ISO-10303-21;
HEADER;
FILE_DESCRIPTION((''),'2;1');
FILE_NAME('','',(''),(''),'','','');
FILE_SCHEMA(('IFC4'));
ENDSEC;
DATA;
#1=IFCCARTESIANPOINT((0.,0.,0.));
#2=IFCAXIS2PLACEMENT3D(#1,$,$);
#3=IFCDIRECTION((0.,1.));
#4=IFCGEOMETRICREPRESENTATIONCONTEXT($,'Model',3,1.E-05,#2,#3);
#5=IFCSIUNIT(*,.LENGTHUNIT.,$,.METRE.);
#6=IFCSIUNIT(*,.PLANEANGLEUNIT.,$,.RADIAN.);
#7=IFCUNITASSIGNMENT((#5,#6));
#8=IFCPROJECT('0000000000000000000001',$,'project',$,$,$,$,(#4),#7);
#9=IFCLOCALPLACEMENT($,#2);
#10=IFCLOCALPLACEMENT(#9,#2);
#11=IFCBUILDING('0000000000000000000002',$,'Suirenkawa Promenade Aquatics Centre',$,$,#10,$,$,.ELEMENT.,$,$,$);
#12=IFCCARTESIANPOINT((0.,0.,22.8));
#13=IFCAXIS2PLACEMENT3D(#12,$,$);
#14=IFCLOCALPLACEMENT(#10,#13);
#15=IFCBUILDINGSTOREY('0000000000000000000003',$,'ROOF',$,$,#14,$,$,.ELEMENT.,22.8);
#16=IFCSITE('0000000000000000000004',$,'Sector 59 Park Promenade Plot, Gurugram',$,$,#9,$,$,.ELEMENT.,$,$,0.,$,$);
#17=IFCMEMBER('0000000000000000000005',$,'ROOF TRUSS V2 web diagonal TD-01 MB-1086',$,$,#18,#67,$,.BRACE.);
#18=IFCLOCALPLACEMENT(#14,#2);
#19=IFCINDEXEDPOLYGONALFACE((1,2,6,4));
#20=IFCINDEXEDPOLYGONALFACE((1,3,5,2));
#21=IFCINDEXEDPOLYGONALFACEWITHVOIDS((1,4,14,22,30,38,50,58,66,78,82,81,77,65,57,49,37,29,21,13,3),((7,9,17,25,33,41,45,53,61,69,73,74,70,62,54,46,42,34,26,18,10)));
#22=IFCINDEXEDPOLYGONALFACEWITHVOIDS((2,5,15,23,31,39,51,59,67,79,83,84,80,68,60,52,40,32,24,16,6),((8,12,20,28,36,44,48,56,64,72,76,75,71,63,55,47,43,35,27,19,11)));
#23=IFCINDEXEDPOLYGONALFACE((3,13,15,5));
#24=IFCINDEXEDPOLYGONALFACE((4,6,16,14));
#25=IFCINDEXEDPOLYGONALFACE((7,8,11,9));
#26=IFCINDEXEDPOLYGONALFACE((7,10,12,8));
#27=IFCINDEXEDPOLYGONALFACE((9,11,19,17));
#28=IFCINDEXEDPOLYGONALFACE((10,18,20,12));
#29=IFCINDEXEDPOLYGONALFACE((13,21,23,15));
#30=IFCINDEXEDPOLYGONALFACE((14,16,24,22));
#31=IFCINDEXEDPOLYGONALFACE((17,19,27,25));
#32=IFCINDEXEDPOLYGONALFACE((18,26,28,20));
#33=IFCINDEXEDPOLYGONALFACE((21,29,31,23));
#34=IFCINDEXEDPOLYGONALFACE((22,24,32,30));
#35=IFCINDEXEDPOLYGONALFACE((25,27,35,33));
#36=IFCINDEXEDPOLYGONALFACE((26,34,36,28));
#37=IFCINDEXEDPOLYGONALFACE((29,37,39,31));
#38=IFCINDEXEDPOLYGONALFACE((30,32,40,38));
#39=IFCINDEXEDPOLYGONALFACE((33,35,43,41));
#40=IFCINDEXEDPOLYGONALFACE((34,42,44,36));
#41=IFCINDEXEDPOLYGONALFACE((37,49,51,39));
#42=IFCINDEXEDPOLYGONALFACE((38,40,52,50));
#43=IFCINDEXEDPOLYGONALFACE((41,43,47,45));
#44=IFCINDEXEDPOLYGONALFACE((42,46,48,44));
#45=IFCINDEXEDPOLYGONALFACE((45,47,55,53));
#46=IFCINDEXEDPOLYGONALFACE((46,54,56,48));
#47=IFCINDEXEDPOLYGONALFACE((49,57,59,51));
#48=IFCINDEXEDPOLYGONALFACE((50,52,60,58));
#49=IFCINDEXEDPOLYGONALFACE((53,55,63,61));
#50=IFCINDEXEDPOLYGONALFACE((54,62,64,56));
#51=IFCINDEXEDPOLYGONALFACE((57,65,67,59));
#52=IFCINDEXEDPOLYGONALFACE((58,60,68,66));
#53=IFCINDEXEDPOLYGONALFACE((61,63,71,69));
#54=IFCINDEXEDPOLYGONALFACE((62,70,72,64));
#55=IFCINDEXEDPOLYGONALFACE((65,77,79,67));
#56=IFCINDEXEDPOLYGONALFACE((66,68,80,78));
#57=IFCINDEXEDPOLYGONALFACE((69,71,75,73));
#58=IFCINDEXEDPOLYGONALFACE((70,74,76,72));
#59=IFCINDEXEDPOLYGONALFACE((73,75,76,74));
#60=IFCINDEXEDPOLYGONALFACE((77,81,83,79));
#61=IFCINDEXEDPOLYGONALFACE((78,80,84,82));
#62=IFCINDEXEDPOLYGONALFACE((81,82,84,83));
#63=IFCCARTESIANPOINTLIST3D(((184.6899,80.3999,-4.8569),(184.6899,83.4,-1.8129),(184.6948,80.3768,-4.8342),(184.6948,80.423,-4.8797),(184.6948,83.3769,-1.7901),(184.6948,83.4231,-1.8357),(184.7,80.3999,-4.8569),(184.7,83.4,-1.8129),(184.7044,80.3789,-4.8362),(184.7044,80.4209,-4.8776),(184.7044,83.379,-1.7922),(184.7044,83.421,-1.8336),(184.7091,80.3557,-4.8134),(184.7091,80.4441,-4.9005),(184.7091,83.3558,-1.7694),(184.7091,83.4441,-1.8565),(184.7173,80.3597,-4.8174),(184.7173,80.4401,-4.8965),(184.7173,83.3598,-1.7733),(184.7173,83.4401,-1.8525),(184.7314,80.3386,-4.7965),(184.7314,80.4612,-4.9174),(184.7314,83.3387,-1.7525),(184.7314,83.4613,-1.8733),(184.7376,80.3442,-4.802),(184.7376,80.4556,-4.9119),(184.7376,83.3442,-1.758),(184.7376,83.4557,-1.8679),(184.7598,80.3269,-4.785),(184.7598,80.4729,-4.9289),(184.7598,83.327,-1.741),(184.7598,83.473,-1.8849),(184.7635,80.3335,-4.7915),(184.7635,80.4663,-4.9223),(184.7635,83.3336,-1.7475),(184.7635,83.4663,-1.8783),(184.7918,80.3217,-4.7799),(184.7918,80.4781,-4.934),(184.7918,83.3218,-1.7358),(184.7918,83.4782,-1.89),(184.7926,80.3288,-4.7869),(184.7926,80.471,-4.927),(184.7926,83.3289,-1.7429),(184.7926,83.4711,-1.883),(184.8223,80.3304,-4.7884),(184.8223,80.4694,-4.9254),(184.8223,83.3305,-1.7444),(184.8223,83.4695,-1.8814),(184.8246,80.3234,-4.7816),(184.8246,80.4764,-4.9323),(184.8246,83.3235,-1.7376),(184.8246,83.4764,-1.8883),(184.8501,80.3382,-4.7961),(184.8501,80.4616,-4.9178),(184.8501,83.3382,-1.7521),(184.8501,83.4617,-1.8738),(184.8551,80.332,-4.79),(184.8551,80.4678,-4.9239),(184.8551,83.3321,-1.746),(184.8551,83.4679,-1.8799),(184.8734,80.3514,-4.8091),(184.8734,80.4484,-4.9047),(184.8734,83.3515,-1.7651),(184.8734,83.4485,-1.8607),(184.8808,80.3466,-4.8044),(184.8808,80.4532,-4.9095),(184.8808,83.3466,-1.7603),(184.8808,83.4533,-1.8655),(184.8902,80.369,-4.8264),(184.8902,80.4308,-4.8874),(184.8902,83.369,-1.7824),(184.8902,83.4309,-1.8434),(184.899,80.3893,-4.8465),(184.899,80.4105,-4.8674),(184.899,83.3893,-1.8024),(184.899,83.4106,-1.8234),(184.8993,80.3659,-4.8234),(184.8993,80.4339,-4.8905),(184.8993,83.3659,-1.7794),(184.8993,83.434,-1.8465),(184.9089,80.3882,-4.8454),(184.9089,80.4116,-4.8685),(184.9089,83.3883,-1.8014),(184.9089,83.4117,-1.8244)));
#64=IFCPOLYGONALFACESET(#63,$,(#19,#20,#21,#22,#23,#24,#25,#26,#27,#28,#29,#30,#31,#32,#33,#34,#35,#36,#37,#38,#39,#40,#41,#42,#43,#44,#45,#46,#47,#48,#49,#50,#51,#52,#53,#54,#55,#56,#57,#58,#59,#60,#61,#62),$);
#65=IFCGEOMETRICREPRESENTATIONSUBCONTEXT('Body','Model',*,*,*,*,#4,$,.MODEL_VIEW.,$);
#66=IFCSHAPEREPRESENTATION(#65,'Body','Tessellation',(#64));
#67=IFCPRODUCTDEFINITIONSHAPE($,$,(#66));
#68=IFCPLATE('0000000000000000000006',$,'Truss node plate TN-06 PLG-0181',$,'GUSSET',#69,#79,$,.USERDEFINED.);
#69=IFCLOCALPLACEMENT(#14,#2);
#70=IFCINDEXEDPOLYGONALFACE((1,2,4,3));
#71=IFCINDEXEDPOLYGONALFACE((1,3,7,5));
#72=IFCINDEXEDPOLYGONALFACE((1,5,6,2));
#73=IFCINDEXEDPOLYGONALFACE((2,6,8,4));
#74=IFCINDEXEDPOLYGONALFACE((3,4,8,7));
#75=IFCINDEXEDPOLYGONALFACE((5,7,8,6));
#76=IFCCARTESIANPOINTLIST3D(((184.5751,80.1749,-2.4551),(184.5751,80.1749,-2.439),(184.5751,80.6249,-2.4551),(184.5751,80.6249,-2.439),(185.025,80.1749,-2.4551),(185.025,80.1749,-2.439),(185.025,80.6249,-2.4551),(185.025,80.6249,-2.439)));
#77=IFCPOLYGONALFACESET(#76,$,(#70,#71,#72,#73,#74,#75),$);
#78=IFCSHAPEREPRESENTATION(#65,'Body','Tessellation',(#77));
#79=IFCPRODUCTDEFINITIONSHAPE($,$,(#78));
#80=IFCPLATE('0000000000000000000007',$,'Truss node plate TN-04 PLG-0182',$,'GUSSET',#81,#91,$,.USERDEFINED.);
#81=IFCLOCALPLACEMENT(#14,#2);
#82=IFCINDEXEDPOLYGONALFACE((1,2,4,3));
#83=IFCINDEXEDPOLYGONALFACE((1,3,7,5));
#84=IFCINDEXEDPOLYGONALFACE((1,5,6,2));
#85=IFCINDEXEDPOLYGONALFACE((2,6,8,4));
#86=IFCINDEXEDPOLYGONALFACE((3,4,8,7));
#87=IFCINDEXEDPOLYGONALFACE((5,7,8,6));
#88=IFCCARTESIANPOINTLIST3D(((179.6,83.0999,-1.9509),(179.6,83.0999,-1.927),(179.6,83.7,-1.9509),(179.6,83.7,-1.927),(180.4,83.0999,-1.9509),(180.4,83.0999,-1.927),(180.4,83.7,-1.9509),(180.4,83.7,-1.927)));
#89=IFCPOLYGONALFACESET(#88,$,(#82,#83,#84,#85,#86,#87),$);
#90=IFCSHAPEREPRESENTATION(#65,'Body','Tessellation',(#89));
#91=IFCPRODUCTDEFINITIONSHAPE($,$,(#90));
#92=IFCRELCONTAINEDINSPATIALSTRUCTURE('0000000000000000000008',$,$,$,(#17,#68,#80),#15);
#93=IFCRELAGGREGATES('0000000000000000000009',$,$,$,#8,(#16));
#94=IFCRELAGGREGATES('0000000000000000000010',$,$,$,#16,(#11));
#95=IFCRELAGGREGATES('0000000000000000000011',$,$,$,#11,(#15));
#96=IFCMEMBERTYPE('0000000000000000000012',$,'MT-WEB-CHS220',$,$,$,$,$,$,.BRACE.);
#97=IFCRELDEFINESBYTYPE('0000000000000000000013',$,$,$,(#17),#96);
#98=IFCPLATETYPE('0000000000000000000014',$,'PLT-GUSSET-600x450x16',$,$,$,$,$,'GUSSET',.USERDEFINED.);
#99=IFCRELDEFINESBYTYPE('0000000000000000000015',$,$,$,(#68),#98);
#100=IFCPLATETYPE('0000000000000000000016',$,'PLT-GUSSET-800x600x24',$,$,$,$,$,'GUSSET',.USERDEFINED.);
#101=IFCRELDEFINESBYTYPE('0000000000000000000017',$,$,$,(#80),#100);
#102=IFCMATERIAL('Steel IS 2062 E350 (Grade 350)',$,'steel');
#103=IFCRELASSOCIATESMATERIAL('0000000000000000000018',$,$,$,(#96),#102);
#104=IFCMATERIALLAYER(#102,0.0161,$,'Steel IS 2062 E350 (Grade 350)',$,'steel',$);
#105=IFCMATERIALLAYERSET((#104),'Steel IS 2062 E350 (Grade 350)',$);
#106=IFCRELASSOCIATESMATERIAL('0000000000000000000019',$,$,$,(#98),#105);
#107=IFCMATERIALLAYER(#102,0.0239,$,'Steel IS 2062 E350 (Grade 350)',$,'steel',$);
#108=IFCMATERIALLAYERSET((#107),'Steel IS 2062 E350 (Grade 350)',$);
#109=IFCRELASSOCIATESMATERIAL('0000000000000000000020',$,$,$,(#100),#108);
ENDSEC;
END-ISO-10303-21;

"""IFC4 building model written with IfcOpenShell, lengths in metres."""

from ifc_helpers import new_model, si_unit, direction, frame, origin, origin_2d, place, context, subcontext, project, spatial, rectangle, hollow_circle, extrude, material, layer, layer_set, material_profile, profile_set, type_object, element, save


model = new_model("IFC4")

# Units and contexts
model_context = context("Model", 3, precision=1e-05, world=origin(), true_north=direction((0.0, 1.0)))
body_context = subcontext(model_context, "Body", "Model", "MODEL_VIEW")
ifc_project = project(units=[si_unit("LENGTHUNIT", "METRE"), si_unit("PLANEANGLEUNIT", "RADIAN")], contexts=[model_context])

# Site, building, storey
site_placement = place(None, origin())
site = spatial("IfcSite", under=ifc_project, at=site_placement, Name="Sector 59 Park Promenade Plot, Gurugram", CompositionType="ELEMENT", RefElevation=0.0)
building_placement = place(site_placement, origin())
building = spatial("IfcBuilding", under=site, at=building_placement, Name="Suirenkawa Promenade Aquatics Centre", CompositionType="ELEMENT")
storey_placement = place(building_placement, frame((0.0, 0.0, 22.8)))
storey = spatial("IfcBuildingStorey", under=building, at=storey_placement, Name="ROOF", CompositionType="ELEMENT", Elevation=22.8)

# Shared definitions
ifc_material = material(Name="Steel IS 2062 E350 (Grade 350)", Category="steel")

# Member
ifc_material_profile_1 = material_profile(ifc_material, hollow_circle(Radius=0.1101, WallThickness=0.01, at=origin_2d()), Name="CHS 220x10", Category="steel")
ifc_profile_set_1 = profile_set([ifc_material_profile_1], Name="Steel IS 2062 E350 (Grade 350)")
member_type_1 = type_object("IfcMemberType", Name="MT-WEB-CHS220", PredefinedType="BRACE", material=ifc_profile_set_1)
member_1_placement = place(storey_placement, frame((184.8, 80.3999, -4.8569), z_axis=(0.0, 0.701947, 0.712229), x_axis=(-1.0, 0.0, 0.0)))
element("IfcMember", 1, at=member_1_placement, inside=storey, type_object=member_type_1, Name="ROOF TRUSS V2 web diagonal TD-01 MB-1086", PredefinedType="BRACE", context=body_context, shape_type="SweptSolid", body=[
    extrude(hollow_circle(Radius=0.1101, WallThickness=0.01, at=origin_2d()), origin(), (0.0, 0.0, 1.0), 4.2739),
])

# Plates
ifc_layer_1 = layer(ifc_material, 0.0161, Name="Steel IS 2062 E350 (Grade 350)", Category="steel")
ifc_layer_set_1 = layer_set([ifc_layer_1], Name="Steel IS 2062 E350 (Grade 350)")
plate_type_1 = type_object("IfcPlateType", Name="PLT-GUSSET-600x450x16", ElementType="GUSSET", PredefinedType="USERDEFINED", material=ifc_layer_set_1)
plate_1_placement = place(storey_placement, frame((184.8, 80.3999, -2.4551), z_axis=(0.0, 0.0, 1.0), x_axis=(1.0, 0.0, 0.0)))
element("IfcPlate", 2, at=plate_1_placement, inside=storey, type_object=plate_type_1, Name="Truss node plate TN-06 PLG-0181", ObjectType="GUSSET", PredefinedType="USERDEFINED", context=body_context, shape_type="SweptSolid", body=[
    extrude(rectangle(XDim=0.45, YDim=0.45, at=origin_2d()), origin(), (0.0, 0.0, 1.0), 0.0161),
])
ifc_layer_2 = layer(ifc_material, 0.0239, Name="Steel IS 2062 E350 (Grade 350)", Category="steel")
ifc_layer_set_2 = layer_set([ifc_layer_2], Name="Steel IS 2062 E350 (Grade 350)")
plate_type_2 = type_object("IfcPlateType", Name="PLT-GUSSET-800x600x24", ElementType="GUSSET", PredefinedType="USERDEFINED", material=ifc_layer_set_2)
plate_2_placement = place(storey_placement, frame((180.0, 83.3999, -1.9509), z_axis=(0.0, 0.0, 1.0), x_axis=(1.0, 0.0, 0.0)))
element("IfcPlate", 3, at=plate_2_placement, inside=storey, type_object=plate_type_2, Name="Truss node plate TN-04 PLG-0182", ObjectType="GUSSET", PredefinedType="USERDEFINED", context=body_context, shape_type="SweptSolid", body=[
    extrude(rectangle(XDim=0.8, YDim=0.6001, at=origin_2d()), origin(), (0.0, 0.0, 1.0), 0.0239),
])

save(model, "model.ifc")
